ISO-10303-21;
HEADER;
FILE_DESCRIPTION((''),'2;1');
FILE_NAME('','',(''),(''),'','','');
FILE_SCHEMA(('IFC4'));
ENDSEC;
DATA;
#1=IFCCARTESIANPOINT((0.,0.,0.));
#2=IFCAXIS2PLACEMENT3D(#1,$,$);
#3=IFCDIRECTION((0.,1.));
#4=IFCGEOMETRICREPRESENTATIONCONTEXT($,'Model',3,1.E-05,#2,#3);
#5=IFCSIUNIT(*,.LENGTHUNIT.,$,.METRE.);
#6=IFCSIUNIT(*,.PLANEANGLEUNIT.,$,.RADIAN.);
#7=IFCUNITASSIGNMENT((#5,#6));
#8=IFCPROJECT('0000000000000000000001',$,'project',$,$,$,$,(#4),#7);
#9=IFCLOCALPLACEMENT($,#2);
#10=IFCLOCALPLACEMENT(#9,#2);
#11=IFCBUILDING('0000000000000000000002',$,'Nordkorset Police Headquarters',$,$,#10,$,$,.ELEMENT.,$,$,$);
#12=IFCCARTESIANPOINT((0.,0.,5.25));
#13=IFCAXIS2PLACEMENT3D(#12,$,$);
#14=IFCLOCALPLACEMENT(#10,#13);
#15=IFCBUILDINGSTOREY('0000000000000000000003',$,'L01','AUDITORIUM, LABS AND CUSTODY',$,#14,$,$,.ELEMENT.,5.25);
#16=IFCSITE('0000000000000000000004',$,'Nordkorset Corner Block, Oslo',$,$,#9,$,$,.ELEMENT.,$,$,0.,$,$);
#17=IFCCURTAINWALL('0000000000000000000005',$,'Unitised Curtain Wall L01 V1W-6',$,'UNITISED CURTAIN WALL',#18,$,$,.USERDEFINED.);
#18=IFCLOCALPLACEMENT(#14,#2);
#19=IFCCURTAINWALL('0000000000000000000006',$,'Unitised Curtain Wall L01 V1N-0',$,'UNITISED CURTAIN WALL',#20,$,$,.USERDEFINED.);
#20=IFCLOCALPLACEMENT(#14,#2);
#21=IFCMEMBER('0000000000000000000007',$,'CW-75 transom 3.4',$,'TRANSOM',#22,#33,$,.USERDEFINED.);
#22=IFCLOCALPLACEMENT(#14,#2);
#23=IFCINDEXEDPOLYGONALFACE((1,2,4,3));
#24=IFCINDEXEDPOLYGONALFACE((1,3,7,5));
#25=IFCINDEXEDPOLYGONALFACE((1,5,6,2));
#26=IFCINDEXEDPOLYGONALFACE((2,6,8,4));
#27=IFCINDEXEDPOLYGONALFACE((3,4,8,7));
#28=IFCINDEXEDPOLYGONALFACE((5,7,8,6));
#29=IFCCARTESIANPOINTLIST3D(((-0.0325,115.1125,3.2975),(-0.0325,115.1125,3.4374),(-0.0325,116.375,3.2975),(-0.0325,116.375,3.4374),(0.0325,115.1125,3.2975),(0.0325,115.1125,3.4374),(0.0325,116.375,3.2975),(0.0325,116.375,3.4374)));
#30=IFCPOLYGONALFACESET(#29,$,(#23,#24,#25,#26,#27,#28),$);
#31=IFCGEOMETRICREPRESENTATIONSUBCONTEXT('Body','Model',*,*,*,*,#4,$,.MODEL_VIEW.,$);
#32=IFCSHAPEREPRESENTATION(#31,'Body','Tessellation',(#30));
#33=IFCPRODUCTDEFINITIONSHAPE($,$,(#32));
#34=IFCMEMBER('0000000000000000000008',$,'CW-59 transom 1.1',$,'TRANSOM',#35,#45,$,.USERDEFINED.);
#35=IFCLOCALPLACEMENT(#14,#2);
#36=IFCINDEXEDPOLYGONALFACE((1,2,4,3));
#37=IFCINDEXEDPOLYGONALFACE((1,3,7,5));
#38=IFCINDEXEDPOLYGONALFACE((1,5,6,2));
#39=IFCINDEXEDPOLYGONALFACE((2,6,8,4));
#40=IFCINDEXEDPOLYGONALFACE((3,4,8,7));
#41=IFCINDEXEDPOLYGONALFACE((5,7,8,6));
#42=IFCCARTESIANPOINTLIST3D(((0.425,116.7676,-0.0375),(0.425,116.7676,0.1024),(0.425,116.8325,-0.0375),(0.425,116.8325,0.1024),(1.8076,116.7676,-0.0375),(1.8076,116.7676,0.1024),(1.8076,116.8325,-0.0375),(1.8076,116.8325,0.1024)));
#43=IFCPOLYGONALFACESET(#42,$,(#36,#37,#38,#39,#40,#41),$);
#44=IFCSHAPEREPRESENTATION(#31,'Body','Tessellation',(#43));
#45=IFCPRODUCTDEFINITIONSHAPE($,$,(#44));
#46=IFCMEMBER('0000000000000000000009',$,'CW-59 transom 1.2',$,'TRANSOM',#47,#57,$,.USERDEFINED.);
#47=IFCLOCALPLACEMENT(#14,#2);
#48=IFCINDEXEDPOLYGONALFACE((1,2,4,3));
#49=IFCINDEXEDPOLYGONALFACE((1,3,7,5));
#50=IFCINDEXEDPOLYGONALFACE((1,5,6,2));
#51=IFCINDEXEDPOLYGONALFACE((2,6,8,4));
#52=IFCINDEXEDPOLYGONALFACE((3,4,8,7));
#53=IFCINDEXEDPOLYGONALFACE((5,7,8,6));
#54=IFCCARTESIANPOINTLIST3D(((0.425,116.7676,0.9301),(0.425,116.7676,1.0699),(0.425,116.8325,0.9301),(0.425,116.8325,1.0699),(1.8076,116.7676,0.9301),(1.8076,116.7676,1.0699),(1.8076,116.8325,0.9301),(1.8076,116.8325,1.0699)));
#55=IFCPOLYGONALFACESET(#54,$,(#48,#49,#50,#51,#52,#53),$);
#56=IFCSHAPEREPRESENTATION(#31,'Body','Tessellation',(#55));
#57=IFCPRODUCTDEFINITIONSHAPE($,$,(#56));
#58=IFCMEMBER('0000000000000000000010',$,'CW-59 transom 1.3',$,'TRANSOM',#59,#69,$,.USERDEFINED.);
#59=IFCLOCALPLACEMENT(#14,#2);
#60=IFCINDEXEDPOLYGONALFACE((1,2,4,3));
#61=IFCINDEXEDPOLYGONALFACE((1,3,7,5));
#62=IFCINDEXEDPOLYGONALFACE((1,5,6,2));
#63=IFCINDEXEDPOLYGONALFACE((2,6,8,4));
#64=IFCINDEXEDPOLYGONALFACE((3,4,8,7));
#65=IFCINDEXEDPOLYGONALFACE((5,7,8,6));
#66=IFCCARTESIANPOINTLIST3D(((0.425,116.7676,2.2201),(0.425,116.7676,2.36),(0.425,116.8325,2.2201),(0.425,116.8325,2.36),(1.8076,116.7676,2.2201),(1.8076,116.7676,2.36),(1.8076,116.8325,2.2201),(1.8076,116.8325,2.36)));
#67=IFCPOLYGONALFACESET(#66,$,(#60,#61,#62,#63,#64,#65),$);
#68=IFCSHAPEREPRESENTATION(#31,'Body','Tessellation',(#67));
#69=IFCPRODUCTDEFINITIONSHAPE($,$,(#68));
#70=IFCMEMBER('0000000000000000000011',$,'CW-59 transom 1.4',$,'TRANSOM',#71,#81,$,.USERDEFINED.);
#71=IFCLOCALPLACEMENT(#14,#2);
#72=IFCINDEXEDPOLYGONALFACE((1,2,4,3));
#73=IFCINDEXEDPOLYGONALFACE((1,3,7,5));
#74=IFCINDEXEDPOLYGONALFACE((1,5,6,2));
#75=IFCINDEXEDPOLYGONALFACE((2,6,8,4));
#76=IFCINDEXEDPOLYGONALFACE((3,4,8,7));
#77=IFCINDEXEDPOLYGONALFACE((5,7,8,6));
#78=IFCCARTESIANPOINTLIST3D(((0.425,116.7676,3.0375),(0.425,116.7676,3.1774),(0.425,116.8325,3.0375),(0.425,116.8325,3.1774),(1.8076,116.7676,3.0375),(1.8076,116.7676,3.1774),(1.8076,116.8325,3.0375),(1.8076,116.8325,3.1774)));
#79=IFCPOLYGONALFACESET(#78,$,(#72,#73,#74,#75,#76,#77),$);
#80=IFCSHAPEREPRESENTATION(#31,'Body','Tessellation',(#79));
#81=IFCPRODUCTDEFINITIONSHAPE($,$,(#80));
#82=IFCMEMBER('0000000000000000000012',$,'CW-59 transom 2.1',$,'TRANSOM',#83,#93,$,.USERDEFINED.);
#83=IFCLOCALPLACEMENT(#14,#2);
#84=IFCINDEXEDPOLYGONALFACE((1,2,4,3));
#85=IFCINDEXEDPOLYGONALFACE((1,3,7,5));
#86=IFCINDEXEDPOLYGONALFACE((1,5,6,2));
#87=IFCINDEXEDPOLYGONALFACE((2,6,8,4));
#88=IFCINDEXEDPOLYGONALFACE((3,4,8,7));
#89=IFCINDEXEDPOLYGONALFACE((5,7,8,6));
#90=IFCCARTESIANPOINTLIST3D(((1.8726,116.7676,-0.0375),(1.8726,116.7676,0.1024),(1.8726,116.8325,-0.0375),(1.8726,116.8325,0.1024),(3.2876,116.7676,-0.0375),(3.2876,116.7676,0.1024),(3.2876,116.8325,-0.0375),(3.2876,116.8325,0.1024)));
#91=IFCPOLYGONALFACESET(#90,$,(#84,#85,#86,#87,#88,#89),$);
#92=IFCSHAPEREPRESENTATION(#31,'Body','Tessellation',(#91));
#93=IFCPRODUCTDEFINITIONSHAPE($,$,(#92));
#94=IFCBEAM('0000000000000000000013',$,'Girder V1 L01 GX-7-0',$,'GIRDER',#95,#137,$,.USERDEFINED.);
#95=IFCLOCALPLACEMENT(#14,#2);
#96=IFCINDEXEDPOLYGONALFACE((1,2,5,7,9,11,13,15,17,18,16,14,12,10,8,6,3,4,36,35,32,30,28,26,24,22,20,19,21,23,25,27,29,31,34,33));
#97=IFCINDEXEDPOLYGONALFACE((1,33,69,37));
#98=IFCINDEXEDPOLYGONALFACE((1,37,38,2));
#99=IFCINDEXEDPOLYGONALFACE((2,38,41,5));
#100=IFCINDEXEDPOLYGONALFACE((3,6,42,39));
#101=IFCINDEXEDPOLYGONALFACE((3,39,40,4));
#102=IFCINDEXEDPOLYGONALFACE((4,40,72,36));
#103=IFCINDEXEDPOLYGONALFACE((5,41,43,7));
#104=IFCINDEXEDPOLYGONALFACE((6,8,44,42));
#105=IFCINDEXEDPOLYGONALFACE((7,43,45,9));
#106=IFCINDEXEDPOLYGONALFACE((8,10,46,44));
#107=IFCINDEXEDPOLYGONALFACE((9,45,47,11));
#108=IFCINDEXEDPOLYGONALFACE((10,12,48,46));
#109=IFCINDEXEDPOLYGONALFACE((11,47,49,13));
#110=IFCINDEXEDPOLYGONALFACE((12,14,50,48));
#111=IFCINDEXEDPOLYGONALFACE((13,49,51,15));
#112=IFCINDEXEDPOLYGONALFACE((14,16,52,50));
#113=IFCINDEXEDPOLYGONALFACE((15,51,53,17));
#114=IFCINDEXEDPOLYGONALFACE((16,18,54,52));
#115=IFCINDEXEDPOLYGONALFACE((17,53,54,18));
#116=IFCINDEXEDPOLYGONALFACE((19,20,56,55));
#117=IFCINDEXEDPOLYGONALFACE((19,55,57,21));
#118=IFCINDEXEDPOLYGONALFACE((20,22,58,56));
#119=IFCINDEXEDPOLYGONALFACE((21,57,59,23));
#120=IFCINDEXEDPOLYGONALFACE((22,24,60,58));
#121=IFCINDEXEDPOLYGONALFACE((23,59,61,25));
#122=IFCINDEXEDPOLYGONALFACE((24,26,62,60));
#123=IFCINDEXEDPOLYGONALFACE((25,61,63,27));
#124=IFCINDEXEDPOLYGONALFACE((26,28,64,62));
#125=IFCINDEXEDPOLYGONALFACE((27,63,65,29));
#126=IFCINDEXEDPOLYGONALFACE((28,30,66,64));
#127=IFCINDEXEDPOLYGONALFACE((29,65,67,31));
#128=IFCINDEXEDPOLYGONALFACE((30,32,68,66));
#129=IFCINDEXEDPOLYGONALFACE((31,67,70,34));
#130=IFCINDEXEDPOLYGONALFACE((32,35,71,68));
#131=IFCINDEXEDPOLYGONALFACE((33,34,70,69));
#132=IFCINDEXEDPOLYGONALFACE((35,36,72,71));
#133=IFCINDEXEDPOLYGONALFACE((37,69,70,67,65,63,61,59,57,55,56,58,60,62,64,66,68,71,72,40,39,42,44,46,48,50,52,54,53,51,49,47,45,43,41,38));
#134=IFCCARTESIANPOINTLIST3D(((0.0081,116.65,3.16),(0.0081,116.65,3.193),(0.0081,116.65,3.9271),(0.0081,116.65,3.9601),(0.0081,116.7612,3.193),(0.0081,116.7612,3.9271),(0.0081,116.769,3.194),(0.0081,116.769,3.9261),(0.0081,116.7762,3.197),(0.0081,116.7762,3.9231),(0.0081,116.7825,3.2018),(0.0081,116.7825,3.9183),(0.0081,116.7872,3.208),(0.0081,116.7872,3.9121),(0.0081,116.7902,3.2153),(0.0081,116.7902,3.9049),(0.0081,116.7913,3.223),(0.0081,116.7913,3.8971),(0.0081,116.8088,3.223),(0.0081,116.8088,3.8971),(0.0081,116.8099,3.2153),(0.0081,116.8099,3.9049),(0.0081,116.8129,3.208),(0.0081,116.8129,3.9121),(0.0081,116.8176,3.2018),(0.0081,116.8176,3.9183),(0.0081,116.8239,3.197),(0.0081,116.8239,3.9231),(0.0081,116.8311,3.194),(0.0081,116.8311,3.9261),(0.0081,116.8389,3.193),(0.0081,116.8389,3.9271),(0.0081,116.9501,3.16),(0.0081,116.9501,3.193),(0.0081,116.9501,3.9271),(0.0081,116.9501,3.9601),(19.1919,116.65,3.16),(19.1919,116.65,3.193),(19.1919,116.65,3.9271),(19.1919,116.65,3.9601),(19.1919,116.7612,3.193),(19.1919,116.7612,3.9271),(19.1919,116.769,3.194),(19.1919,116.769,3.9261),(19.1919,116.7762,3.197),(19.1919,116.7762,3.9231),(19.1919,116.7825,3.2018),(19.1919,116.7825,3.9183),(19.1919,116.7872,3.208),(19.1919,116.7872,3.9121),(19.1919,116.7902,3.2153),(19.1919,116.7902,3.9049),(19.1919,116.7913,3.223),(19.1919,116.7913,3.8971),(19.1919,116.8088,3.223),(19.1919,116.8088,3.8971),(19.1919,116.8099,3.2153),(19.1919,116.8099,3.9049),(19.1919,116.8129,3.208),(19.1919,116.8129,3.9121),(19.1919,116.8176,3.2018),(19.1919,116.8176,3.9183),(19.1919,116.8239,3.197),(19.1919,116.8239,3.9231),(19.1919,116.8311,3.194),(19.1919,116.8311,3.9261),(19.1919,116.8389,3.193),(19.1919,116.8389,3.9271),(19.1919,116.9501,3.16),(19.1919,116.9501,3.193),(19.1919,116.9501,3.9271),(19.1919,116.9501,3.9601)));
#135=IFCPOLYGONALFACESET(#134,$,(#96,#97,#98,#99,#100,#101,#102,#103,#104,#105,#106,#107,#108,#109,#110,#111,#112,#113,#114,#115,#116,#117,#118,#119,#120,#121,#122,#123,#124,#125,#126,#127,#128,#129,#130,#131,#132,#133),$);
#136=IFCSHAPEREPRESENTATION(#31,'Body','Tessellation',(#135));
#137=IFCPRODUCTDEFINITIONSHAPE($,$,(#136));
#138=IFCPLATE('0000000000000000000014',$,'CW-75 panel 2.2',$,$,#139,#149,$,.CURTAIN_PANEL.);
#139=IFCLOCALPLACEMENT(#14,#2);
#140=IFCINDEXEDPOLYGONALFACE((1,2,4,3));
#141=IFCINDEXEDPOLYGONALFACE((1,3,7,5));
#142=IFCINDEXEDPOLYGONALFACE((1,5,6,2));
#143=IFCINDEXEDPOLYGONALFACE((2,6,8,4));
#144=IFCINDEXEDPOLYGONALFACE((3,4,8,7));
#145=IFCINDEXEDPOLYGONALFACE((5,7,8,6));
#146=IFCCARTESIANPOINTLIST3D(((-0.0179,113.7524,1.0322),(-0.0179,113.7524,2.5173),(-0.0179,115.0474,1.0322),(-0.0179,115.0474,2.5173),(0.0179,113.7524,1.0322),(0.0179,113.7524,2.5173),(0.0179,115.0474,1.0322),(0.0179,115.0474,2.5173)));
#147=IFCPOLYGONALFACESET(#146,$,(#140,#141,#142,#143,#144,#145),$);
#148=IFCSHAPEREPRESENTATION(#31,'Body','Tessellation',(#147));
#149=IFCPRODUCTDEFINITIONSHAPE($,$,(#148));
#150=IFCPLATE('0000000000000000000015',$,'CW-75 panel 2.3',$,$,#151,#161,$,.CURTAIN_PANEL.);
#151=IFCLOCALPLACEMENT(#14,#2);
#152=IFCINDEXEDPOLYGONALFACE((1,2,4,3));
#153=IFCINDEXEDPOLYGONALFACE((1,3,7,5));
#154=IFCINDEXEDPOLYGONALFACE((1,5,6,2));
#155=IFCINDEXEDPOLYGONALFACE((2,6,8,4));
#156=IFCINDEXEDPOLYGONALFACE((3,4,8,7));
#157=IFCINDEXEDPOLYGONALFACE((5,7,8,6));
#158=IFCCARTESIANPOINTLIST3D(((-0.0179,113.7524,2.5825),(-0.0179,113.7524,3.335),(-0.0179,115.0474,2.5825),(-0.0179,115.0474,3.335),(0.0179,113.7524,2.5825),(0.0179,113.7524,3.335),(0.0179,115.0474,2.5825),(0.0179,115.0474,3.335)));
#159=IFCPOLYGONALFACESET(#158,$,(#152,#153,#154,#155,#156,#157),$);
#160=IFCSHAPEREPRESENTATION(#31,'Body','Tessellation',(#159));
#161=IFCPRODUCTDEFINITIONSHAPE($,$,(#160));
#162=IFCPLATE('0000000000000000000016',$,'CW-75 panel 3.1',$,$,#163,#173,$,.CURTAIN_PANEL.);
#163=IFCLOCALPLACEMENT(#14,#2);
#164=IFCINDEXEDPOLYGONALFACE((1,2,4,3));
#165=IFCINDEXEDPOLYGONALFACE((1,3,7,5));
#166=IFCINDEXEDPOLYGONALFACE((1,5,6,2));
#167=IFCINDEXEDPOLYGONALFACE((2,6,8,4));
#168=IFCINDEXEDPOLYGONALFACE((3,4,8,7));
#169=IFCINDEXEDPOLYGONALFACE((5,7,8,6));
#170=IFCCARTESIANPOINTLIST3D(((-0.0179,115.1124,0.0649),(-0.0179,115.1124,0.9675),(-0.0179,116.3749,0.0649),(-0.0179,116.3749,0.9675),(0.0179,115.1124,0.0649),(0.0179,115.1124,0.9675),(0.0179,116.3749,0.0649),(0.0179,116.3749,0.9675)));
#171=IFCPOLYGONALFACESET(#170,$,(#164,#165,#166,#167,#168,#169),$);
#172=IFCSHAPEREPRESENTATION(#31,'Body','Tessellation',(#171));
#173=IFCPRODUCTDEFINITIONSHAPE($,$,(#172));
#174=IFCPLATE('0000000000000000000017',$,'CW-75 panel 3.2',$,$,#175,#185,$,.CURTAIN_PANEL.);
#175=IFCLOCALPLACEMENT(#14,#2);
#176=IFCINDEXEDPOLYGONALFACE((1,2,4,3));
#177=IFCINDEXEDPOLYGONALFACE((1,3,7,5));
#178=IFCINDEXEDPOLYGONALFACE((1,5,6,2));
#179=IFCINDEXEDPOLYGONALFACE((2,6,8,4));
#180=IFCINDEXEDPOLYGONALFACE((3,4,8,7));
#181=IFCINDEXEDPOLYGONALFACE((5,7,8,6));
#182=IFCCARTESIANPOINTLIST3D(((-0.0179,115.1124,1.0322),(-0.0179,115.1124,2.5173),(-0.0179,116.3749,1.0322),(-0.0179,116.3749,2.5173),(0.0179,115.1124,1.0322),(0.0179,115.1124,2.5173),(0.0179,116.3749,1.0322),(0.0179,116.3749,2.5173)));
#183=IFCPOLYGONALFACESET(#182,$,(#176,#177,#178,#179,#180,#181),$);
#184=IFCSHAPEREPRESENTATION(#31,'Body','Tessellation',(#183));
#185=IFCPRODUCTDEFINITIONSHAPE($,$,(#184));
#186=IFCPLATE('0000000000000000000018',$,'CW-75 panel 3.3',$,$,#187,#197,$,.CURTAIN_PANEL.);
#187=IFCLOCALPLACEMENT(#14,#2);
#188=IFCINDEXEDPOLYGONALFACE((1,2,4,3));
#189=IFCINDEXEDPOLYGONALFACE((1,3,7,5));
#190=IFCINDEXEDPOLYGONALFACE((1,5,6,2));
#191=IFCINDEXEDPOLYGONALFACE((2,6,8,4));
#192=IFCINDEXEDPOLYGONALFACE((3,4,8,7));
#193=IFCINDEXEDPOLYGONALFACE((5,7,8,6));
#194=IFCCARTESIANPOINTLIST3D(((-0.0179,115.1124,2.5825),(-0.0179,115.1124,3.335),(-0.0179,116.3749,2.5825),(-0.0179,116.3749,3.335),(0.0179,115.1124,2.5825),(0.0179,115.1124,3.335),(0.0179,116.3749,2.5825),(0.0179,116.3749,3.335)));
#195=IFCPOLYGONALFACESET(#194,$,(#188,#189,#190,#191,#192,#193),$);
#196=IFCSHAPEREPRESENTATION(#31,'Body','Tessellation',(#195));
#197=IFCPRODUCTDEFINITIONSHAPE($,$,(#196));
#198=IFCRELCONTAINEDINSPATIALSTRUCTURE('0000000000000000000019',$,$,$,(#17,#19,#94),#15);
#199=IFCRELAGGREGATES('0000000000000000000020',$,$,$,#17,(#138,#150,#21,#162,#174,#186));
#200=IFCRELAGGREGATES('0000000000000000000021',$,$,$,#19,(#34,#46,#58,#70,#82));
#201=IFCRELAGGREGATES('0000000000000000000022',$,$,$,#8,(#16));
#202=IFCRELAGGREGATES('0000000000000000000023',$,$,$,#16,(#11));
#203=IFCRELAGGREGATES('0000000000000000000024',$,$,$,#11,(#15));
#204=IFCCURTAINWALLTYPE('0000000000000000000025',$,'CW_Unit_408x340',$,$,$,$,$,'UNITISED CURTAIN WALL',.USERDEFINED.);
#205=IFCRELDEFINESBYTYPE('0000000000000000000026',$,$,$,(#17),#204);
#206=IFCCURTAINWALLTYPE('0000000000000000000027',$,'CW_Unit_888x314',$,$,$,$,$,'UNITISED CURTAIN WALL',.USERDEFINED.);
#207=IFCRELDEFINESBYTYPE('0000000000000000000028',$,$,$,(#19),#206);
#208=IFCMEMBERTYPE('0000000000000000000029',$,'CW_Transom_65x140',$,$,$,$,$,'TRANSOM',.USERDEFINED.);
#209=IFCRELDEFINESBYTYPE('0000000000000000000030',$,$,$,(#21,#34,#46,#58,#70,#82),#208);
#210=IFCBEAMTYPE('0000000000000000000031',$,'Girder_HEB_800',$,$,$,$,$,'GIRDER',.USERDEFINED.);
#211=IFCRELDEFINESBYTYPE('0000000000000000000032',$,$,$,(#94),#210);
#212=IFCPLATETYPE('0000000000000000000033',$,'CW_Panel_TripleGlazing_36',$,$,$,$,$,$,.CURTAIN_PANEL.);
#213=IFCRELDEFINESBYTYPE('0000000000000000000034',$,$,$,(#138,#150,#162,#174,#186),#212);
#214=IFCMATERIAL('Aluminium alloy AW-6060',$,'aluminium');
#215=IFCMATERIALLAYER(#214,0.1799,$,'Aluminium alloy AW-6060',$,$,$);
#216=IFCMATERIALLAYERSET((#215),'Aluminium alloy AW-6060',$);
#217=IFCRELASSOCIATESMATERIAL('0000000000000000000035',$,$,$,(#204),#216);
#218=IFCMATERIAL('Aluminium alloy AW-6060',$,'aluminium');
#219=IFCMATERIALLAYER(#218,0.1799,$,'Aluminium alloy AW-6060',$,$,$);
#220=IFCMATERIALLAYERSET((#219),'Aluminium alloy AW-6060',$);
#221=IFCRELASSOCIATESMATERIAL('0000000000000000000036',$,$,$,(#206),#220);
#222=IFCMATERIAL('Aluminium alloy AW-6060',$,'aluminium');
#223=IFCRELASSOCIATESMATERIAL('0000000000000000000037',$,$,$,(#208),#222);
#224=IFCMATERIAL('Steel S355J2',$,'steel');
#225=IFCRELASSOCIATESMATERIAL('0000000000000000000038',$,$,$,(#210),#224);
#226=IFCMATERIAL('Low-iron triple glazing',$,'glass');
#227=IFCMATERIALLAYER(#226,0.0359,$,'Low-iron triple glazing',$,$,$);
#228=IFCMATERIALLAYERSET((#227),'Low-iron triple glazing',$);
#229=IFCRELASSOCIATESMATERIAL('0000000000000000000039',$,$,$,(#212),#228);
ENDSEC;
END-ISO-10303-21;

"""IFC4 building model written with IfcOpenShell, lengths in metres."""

from ifc_helpers import new_model, si_unit, direction, frame, origin, origin_2d, place, context, subcontext, project, spatial, rectangle, i_section, extrude, material, layer, layer_set, material_profile, profile_set, type_object, element, aggregate, save


model = new_model("IFC4")

# Units and contexts
model_context = context("Model", 3, precision=1e-05, world=origin(), true_north=direction((0.0, 1.0)))
body_context = subcontext(model_context, "Body", "Model", "MODEL_VIEW")
ifc_project = project(units=[si_unit("LENGTHUNIT", "METRE"), si_unit("PLANEANGLEUNIT", "RADIAN")], contexts=[model_context])

# Site, building, storey
site_placement = place(None, origin())
site = spatial("IfcSite", under=ifc_project, at=site_placement, Name="Nordkorset Corner Block, Oslo", CompositionType="ELEMENT", RefElevation=0.0)
building_placement = place(site_placement, origin())
building = spatial("IfcBuilding", under=site, at=building_placement, Name="Nordkorset Police Headquarters", CompositionType="ELEMENT")
storey_placement = place(building_placement, frame((0.0, 0.0, 5.25)))
storey = spatial("IfcBuildingStorey", under=building, at=storey_placement, Name="L01", Description="AUDITORIUM, LABS AND CUSTODY", CompositionType="ELEMENT", Elevation=5.25)

# Curtain walls
ifc_material_1 = material(Name="Aluminium alloy AW-6060", Category="aluminium")
ifc_layer_1 = layer(ifc_material_1, 0.1799, Name="Aluminium alloy AW-6060")
ifc_layer_set_1 = layer_set([ifc_layer_1], Name="Aluminium alloy AW-6060")
curtain_wall_type_1 = type_object("IfcCurtainWallType", Name="CW_Unit_408x340", ElementType="UNITISED CURTAIN WALL", PredefinedType="USERDEFINED", material=ifc_layer_set_1)
curtain_wall_1_placement = place(storey_placement, origin())
curtain_wall_1 = element("IfcCurtainWall", 1, at=curtain_wall_1_placement, inside=storey, type_object=curtain_wall_type_1, Name="Unitised Curtain Wall L01 V1W-6", ObjectType="UNITISED CURTAIN WALL", PredefinedType="USERDEFINED")
ifc_material_2 = material(Name="Aluminium alloy AW-6060", Category="aluminium")
ifc_layer_2 = layer(ifc_material_2, 0.1799, Name="Aluminium alloy AW-6060")
ifc_layer_set_2 = layer_set([ifc_layer_2], Name="Aluminium alloy AW-6060")
curtain_wall_type_2 = type_object("IfcCurtainWallType", Name="CW_Unit_888x314", ElementType="UNITISED CURTAIN WALL", PredefinedType="USERDEFINED", material=ifc_layer_set_2)
curtain_wall_2_placement = place(storey_placement, origin())
curtain_wall_2 = element("IfcCurtainWall", 2, at=curtain_wall_2_placement, inside=storey, type_object=curtain_wall_type_2, Name="Unitised Curtain Wall L01 V1N-0", ObjectType="UNITISED CURTAIN WALL", PredefinedType="USERDEFINED")

# Members
ifc_material_3 = material(Name="Aluminium alloy AW-6060", Category="aluminium")
ifc_material_profile_1 = material_profile(ifc_material_3, rectangle(XDim=0.0649, YDim=0.1399, at=origin_2d()), Name="ALU TRAN 65x140")
ifc_profile_set_1 = profile_set([ifc_material_profile_1], Name="Aluminium alloy AW-6060")
member_type_1 = type_object("IfcMemberType", Name="CW_Transom_65x140", ElementType="TRANSOM", PredefinedType="USERDEFINED", material=ifc_profile_set_1)
member_1_placement = place(storey_placement, frame((0.0, 115.1125, 3.3674), z_axis=(0.0, 1.0, 0.0), x_axis=(-1.0, 0.0, 0.0)))
member_1 = element("IfcMember", 3, at=member_1_placement, type_object=member_type_1, Name="CW-75 transom 3.4", ObjectType="TRANSOM", PredefinedType="USERDEFINED", context=body_context, shape_type="SweptSolid", body=[
    extrude(rectangle(XDim=0.0649, YDim=0.1399, at=origin_2d()), origin(), (0.0, 0.0, 1.0), 1.2625),
])
member_2_placement = place(storey_placement, frame((0.425, 116.8, 0.0325), z_axis=(1.0, 0.0, 0.0), x_axis=(0.0, 1.0, 0.0)))
member_2 = element("IfcMember", 4, at=member_2_placement, type_object=member_type_1, Name="CW-59 transom 1.1", ObjectType="TRANSOM", PredefinedType="USERDEFINED", context=body_context, shape_type="SweptSolid", body=[
    extrude(rectangle(XDim=0.0649, YDim=0.1399, at=origin_2d()), origin(), (0.0, 0.0, 1.0), 1.3826),
])
member_3_placement = place(storey_placement, frame((0.425, 116.8, 1.0), z_axis=(1.0, 0.0, 0.0), x_axis=(0.0, 1.0, 0.0)))
member_3 = element("IfcMember", 5, at=member_3_placement, type_object=member_type_1, Name="CW-59 transom 1.2", ObjectType="TRANSOM", PredefinedType="USERDEFINED", context=body_context, shape_type="SweptSolid", body=[
    extrude(rectangle(XDim=0.0649, YDim=0.1399, at=origin_2d()), origin(), (0.0, 0.0, 1.0), 1.3826),
])
member_4_placement = place(storey_placement, frame((0.425, 116.8, 2.29), z_axis=(1.0, 0.0, 0.0), x_axis=(0.0, 1.0, 0.0)))
member_4 = element("IfcMember", 6, at=member_4_placement, type_object=member_type_1, Name="CW-59 transom 1.3", ObjectType="TRANSOM", PredefinedType="USERDEFINED", context=body_context, shape_type="SweptSolid", body=[
    extrude(rectangle(XDim=0.0649, YDim=0.1399, at=origin_2d()), origin(), (0.0, 0.0, 1.0), 1.3826),
])
member_5_placement = place(storey_placement, frame((0.425, 116.8, 3.1074), z_axis=(1.0, 0.0, 0.0), x_axis=(0.0, 1.0, 0.0)))
member_5 = element("IfcMember", 7, at=member_5_placement, type_object=member_type_1, Name="CW-59 transom 1.4", ObjectType="TRANSOM", PredefinedType="USERDEFINED", context=body_context, shape_type="SweptSolid", body=[
    extrude(rectangle(XDim=0.0649, YDim=0.1399, at=origin_2d()), origin(), (0.0, 0.0, 1.0), 1.3826),
])
member_6_placement = place(storey_placement, frame((1.8726, 116.8, 0.0325), z_axis=(1.0, 0.0, 0.0), x_axis=(0.0, 1.0, 0.0)))
member_6 = element("IfcMember", 8, at=member_6_placement, type_object=member_type_1, Name="CW-59 transom 2.1", ObjectType="TRANSOM", PredefinedType="USERDEFINED", context=body_context, shape_type="SweptSolid", body=[
    extrude(rectangle(XDim=0.0649, YDim=0.1399, at=origin_2d()), origin(), (0.0, 0.0, 1.0), 1.415),
])

# Beam
ifc_material_4 = material(Name="Steel S355J2", Category="steel")
ifc_material_profile_2 = material_profile(ifc_material_4, i_section(OverallWidth=0.3, OverallDepth=0.8, WebThickness=0.0176, FlangeThickness=0.033, FilletRadius=0.03, at=origin_2d()), Name="HEB 800")
ifc_profile_set_2 = profile_set([ifc_material_profile_2], Name="Steel S355J2")
beam_type_1 = type_object("IfcBeamType", Name="Girder_HEB_800", ElementType="GIRDER", PredefinedType="USERDEFINED", material=ifc_profile_set_2)
beam_1_placement = place(storey_placement, frame((0.0081, 116.8, 3.5601), z_axis=(1.0, 0.0, 0.0), x_axis=(0.0, 1.0, 0.0)))
element("IfcBeam", 9, at=beam_1_placement, inside=storey, type_object=beam_type_1, Name="Girder V1 L01 GX-7-0", ObjectType="GIRDER", PredefinedType="USERDEFINED", context=body_context, shape_type="SweptSolid", body=[
    extrude(i_section(OverallWidth=0.3, OverallDepth=0.8, WebThickness=0.0176, FlangeThickness=0.033, FilletRadius=0.03, at=origin_2d()), origin(), (0.0, 0.0, 1.0), 19.1838),
])

# Plates
ifc_material_5 = material(Name="Low-iron triple glazing", Category="glass")
ifc_layer_3 = layer(ifc_material_5, 0.0359, Name="Low-iron triple glazing")
ifc_layer_set_3 = layer_set([ifc_layer_3], Name="Low-iron triple glazing")
plate_type = type_object("IfcPlateType", Name="CW_Panel_TripleGlazing_36", PredefinedType="CURTAIN_PANEL", material=ifc_layer_set_3)
plate_1_placement = place(storey_placement, frame((0.0, 114.3999, 1.0322), z_axis=(0.0, 0.0, 1.0), x_axis=(0.0, 1.0, 0.0)))
plate_1 = element("IfcPlate", 10, at=plate_1_placement, type_object=plate_type, Name="CW-75 panel 2.2", PredefinedType="CURTAIN_PANEL", context=body_context, shape_type="SweptSolid", body=[
    extrude(rectangle(XDim=1.2949, YDim=0.0359, at=origin_2d()), origin(), (0.0, 0.0, 1.0), 1.4851),
])
plate_2_placement = place(storey_placement, frame((0.0, 114.3999, 2.5825), z_axis=(0.0, 0.0, 1.0), x_axis=(0.0, 1.0, 0.0)))
plate_2 = element("IfcPlate", 11, at=plate_2_placement, type_object=plate_type, Name="CW-75 panel 2.3", PredefinedType="CURTAIN_PANEL", context=body_context, shape_type="SweptSolid", body=[
    extrude(rectangle(XDim=1.2949, YDim=0.0359, at=origin_2d()), origin(), (0.0, 0.0, 1.0), 0.7524),
])
plate_3_placement = place(storey_placement, frame((0.0, 115.7437, 0.0649), z_axis=(0.0, 0.0, 1.0), x_axis=(0.0, 1.0, 0.0)))
plate_3 = element("IfcPlate", 12, at=plate_3_placement, type_object=plate_type, Name="CW-75 panel 3.1", PredefinedType="CURTAIN_PANEL", context=body_context, shape_type="SweptSolid", body=[
    extrude(rectangle(XDim=1.2625, YDim=0.0359, at=origin_2d()), origin(), (0.0, 0.0, 1.0), 0.9026),
])
plate_4_placement = place(storey_placement, frame((0.0, 115.7437, 1.0322), z_axis=(0.0, 0.0, 1.0), x_axis=(0.0, 1.0, 0.0)))
plate_4 = element("IfcPlate", 13, at=plate_4_placement, type_object=plate_type, Name="CW-75 panel 3.2", PredefinedType="CURTAIN_PANEL", context=body_context, shape_type="SweptSolid", body=[
    extrude(rectangle(XDim=1.2625, YDim=0.0359, at=origin_2d()), origin(), (0.0, 0.0, 1.0), 1.4851),
])
plate_5_placement = place(storey_placement, frame((0.0, 115.7437, 2.5825), z_axis=(0.0, 0.0, 1.0), x_axis=(0.0, 1.0, 0.0)))
plate_5 = element("IfcPlate", 14, at=plate_5_placement, type_object=plate_type, Name="CW-75 panel 3.3", PredefinedType="CURTAIN_PANEL", context=body_context, shape_type="SweptSolid", body=[
    extrude(rectangle(XDim=1.2625, YDim=0.0359, at=origin_2d()), origin(), (0.0, 0.0, 1.0), 0.7524),
])
aggregate(curtain_wall_1, [plate_1, plate_2, member_1, plate_3, plate_4, plate_5])
aggregate(curtain_wall_2, [member_2, member_3, member_4, member_5, member_6])

save(model, "model.ifc")
